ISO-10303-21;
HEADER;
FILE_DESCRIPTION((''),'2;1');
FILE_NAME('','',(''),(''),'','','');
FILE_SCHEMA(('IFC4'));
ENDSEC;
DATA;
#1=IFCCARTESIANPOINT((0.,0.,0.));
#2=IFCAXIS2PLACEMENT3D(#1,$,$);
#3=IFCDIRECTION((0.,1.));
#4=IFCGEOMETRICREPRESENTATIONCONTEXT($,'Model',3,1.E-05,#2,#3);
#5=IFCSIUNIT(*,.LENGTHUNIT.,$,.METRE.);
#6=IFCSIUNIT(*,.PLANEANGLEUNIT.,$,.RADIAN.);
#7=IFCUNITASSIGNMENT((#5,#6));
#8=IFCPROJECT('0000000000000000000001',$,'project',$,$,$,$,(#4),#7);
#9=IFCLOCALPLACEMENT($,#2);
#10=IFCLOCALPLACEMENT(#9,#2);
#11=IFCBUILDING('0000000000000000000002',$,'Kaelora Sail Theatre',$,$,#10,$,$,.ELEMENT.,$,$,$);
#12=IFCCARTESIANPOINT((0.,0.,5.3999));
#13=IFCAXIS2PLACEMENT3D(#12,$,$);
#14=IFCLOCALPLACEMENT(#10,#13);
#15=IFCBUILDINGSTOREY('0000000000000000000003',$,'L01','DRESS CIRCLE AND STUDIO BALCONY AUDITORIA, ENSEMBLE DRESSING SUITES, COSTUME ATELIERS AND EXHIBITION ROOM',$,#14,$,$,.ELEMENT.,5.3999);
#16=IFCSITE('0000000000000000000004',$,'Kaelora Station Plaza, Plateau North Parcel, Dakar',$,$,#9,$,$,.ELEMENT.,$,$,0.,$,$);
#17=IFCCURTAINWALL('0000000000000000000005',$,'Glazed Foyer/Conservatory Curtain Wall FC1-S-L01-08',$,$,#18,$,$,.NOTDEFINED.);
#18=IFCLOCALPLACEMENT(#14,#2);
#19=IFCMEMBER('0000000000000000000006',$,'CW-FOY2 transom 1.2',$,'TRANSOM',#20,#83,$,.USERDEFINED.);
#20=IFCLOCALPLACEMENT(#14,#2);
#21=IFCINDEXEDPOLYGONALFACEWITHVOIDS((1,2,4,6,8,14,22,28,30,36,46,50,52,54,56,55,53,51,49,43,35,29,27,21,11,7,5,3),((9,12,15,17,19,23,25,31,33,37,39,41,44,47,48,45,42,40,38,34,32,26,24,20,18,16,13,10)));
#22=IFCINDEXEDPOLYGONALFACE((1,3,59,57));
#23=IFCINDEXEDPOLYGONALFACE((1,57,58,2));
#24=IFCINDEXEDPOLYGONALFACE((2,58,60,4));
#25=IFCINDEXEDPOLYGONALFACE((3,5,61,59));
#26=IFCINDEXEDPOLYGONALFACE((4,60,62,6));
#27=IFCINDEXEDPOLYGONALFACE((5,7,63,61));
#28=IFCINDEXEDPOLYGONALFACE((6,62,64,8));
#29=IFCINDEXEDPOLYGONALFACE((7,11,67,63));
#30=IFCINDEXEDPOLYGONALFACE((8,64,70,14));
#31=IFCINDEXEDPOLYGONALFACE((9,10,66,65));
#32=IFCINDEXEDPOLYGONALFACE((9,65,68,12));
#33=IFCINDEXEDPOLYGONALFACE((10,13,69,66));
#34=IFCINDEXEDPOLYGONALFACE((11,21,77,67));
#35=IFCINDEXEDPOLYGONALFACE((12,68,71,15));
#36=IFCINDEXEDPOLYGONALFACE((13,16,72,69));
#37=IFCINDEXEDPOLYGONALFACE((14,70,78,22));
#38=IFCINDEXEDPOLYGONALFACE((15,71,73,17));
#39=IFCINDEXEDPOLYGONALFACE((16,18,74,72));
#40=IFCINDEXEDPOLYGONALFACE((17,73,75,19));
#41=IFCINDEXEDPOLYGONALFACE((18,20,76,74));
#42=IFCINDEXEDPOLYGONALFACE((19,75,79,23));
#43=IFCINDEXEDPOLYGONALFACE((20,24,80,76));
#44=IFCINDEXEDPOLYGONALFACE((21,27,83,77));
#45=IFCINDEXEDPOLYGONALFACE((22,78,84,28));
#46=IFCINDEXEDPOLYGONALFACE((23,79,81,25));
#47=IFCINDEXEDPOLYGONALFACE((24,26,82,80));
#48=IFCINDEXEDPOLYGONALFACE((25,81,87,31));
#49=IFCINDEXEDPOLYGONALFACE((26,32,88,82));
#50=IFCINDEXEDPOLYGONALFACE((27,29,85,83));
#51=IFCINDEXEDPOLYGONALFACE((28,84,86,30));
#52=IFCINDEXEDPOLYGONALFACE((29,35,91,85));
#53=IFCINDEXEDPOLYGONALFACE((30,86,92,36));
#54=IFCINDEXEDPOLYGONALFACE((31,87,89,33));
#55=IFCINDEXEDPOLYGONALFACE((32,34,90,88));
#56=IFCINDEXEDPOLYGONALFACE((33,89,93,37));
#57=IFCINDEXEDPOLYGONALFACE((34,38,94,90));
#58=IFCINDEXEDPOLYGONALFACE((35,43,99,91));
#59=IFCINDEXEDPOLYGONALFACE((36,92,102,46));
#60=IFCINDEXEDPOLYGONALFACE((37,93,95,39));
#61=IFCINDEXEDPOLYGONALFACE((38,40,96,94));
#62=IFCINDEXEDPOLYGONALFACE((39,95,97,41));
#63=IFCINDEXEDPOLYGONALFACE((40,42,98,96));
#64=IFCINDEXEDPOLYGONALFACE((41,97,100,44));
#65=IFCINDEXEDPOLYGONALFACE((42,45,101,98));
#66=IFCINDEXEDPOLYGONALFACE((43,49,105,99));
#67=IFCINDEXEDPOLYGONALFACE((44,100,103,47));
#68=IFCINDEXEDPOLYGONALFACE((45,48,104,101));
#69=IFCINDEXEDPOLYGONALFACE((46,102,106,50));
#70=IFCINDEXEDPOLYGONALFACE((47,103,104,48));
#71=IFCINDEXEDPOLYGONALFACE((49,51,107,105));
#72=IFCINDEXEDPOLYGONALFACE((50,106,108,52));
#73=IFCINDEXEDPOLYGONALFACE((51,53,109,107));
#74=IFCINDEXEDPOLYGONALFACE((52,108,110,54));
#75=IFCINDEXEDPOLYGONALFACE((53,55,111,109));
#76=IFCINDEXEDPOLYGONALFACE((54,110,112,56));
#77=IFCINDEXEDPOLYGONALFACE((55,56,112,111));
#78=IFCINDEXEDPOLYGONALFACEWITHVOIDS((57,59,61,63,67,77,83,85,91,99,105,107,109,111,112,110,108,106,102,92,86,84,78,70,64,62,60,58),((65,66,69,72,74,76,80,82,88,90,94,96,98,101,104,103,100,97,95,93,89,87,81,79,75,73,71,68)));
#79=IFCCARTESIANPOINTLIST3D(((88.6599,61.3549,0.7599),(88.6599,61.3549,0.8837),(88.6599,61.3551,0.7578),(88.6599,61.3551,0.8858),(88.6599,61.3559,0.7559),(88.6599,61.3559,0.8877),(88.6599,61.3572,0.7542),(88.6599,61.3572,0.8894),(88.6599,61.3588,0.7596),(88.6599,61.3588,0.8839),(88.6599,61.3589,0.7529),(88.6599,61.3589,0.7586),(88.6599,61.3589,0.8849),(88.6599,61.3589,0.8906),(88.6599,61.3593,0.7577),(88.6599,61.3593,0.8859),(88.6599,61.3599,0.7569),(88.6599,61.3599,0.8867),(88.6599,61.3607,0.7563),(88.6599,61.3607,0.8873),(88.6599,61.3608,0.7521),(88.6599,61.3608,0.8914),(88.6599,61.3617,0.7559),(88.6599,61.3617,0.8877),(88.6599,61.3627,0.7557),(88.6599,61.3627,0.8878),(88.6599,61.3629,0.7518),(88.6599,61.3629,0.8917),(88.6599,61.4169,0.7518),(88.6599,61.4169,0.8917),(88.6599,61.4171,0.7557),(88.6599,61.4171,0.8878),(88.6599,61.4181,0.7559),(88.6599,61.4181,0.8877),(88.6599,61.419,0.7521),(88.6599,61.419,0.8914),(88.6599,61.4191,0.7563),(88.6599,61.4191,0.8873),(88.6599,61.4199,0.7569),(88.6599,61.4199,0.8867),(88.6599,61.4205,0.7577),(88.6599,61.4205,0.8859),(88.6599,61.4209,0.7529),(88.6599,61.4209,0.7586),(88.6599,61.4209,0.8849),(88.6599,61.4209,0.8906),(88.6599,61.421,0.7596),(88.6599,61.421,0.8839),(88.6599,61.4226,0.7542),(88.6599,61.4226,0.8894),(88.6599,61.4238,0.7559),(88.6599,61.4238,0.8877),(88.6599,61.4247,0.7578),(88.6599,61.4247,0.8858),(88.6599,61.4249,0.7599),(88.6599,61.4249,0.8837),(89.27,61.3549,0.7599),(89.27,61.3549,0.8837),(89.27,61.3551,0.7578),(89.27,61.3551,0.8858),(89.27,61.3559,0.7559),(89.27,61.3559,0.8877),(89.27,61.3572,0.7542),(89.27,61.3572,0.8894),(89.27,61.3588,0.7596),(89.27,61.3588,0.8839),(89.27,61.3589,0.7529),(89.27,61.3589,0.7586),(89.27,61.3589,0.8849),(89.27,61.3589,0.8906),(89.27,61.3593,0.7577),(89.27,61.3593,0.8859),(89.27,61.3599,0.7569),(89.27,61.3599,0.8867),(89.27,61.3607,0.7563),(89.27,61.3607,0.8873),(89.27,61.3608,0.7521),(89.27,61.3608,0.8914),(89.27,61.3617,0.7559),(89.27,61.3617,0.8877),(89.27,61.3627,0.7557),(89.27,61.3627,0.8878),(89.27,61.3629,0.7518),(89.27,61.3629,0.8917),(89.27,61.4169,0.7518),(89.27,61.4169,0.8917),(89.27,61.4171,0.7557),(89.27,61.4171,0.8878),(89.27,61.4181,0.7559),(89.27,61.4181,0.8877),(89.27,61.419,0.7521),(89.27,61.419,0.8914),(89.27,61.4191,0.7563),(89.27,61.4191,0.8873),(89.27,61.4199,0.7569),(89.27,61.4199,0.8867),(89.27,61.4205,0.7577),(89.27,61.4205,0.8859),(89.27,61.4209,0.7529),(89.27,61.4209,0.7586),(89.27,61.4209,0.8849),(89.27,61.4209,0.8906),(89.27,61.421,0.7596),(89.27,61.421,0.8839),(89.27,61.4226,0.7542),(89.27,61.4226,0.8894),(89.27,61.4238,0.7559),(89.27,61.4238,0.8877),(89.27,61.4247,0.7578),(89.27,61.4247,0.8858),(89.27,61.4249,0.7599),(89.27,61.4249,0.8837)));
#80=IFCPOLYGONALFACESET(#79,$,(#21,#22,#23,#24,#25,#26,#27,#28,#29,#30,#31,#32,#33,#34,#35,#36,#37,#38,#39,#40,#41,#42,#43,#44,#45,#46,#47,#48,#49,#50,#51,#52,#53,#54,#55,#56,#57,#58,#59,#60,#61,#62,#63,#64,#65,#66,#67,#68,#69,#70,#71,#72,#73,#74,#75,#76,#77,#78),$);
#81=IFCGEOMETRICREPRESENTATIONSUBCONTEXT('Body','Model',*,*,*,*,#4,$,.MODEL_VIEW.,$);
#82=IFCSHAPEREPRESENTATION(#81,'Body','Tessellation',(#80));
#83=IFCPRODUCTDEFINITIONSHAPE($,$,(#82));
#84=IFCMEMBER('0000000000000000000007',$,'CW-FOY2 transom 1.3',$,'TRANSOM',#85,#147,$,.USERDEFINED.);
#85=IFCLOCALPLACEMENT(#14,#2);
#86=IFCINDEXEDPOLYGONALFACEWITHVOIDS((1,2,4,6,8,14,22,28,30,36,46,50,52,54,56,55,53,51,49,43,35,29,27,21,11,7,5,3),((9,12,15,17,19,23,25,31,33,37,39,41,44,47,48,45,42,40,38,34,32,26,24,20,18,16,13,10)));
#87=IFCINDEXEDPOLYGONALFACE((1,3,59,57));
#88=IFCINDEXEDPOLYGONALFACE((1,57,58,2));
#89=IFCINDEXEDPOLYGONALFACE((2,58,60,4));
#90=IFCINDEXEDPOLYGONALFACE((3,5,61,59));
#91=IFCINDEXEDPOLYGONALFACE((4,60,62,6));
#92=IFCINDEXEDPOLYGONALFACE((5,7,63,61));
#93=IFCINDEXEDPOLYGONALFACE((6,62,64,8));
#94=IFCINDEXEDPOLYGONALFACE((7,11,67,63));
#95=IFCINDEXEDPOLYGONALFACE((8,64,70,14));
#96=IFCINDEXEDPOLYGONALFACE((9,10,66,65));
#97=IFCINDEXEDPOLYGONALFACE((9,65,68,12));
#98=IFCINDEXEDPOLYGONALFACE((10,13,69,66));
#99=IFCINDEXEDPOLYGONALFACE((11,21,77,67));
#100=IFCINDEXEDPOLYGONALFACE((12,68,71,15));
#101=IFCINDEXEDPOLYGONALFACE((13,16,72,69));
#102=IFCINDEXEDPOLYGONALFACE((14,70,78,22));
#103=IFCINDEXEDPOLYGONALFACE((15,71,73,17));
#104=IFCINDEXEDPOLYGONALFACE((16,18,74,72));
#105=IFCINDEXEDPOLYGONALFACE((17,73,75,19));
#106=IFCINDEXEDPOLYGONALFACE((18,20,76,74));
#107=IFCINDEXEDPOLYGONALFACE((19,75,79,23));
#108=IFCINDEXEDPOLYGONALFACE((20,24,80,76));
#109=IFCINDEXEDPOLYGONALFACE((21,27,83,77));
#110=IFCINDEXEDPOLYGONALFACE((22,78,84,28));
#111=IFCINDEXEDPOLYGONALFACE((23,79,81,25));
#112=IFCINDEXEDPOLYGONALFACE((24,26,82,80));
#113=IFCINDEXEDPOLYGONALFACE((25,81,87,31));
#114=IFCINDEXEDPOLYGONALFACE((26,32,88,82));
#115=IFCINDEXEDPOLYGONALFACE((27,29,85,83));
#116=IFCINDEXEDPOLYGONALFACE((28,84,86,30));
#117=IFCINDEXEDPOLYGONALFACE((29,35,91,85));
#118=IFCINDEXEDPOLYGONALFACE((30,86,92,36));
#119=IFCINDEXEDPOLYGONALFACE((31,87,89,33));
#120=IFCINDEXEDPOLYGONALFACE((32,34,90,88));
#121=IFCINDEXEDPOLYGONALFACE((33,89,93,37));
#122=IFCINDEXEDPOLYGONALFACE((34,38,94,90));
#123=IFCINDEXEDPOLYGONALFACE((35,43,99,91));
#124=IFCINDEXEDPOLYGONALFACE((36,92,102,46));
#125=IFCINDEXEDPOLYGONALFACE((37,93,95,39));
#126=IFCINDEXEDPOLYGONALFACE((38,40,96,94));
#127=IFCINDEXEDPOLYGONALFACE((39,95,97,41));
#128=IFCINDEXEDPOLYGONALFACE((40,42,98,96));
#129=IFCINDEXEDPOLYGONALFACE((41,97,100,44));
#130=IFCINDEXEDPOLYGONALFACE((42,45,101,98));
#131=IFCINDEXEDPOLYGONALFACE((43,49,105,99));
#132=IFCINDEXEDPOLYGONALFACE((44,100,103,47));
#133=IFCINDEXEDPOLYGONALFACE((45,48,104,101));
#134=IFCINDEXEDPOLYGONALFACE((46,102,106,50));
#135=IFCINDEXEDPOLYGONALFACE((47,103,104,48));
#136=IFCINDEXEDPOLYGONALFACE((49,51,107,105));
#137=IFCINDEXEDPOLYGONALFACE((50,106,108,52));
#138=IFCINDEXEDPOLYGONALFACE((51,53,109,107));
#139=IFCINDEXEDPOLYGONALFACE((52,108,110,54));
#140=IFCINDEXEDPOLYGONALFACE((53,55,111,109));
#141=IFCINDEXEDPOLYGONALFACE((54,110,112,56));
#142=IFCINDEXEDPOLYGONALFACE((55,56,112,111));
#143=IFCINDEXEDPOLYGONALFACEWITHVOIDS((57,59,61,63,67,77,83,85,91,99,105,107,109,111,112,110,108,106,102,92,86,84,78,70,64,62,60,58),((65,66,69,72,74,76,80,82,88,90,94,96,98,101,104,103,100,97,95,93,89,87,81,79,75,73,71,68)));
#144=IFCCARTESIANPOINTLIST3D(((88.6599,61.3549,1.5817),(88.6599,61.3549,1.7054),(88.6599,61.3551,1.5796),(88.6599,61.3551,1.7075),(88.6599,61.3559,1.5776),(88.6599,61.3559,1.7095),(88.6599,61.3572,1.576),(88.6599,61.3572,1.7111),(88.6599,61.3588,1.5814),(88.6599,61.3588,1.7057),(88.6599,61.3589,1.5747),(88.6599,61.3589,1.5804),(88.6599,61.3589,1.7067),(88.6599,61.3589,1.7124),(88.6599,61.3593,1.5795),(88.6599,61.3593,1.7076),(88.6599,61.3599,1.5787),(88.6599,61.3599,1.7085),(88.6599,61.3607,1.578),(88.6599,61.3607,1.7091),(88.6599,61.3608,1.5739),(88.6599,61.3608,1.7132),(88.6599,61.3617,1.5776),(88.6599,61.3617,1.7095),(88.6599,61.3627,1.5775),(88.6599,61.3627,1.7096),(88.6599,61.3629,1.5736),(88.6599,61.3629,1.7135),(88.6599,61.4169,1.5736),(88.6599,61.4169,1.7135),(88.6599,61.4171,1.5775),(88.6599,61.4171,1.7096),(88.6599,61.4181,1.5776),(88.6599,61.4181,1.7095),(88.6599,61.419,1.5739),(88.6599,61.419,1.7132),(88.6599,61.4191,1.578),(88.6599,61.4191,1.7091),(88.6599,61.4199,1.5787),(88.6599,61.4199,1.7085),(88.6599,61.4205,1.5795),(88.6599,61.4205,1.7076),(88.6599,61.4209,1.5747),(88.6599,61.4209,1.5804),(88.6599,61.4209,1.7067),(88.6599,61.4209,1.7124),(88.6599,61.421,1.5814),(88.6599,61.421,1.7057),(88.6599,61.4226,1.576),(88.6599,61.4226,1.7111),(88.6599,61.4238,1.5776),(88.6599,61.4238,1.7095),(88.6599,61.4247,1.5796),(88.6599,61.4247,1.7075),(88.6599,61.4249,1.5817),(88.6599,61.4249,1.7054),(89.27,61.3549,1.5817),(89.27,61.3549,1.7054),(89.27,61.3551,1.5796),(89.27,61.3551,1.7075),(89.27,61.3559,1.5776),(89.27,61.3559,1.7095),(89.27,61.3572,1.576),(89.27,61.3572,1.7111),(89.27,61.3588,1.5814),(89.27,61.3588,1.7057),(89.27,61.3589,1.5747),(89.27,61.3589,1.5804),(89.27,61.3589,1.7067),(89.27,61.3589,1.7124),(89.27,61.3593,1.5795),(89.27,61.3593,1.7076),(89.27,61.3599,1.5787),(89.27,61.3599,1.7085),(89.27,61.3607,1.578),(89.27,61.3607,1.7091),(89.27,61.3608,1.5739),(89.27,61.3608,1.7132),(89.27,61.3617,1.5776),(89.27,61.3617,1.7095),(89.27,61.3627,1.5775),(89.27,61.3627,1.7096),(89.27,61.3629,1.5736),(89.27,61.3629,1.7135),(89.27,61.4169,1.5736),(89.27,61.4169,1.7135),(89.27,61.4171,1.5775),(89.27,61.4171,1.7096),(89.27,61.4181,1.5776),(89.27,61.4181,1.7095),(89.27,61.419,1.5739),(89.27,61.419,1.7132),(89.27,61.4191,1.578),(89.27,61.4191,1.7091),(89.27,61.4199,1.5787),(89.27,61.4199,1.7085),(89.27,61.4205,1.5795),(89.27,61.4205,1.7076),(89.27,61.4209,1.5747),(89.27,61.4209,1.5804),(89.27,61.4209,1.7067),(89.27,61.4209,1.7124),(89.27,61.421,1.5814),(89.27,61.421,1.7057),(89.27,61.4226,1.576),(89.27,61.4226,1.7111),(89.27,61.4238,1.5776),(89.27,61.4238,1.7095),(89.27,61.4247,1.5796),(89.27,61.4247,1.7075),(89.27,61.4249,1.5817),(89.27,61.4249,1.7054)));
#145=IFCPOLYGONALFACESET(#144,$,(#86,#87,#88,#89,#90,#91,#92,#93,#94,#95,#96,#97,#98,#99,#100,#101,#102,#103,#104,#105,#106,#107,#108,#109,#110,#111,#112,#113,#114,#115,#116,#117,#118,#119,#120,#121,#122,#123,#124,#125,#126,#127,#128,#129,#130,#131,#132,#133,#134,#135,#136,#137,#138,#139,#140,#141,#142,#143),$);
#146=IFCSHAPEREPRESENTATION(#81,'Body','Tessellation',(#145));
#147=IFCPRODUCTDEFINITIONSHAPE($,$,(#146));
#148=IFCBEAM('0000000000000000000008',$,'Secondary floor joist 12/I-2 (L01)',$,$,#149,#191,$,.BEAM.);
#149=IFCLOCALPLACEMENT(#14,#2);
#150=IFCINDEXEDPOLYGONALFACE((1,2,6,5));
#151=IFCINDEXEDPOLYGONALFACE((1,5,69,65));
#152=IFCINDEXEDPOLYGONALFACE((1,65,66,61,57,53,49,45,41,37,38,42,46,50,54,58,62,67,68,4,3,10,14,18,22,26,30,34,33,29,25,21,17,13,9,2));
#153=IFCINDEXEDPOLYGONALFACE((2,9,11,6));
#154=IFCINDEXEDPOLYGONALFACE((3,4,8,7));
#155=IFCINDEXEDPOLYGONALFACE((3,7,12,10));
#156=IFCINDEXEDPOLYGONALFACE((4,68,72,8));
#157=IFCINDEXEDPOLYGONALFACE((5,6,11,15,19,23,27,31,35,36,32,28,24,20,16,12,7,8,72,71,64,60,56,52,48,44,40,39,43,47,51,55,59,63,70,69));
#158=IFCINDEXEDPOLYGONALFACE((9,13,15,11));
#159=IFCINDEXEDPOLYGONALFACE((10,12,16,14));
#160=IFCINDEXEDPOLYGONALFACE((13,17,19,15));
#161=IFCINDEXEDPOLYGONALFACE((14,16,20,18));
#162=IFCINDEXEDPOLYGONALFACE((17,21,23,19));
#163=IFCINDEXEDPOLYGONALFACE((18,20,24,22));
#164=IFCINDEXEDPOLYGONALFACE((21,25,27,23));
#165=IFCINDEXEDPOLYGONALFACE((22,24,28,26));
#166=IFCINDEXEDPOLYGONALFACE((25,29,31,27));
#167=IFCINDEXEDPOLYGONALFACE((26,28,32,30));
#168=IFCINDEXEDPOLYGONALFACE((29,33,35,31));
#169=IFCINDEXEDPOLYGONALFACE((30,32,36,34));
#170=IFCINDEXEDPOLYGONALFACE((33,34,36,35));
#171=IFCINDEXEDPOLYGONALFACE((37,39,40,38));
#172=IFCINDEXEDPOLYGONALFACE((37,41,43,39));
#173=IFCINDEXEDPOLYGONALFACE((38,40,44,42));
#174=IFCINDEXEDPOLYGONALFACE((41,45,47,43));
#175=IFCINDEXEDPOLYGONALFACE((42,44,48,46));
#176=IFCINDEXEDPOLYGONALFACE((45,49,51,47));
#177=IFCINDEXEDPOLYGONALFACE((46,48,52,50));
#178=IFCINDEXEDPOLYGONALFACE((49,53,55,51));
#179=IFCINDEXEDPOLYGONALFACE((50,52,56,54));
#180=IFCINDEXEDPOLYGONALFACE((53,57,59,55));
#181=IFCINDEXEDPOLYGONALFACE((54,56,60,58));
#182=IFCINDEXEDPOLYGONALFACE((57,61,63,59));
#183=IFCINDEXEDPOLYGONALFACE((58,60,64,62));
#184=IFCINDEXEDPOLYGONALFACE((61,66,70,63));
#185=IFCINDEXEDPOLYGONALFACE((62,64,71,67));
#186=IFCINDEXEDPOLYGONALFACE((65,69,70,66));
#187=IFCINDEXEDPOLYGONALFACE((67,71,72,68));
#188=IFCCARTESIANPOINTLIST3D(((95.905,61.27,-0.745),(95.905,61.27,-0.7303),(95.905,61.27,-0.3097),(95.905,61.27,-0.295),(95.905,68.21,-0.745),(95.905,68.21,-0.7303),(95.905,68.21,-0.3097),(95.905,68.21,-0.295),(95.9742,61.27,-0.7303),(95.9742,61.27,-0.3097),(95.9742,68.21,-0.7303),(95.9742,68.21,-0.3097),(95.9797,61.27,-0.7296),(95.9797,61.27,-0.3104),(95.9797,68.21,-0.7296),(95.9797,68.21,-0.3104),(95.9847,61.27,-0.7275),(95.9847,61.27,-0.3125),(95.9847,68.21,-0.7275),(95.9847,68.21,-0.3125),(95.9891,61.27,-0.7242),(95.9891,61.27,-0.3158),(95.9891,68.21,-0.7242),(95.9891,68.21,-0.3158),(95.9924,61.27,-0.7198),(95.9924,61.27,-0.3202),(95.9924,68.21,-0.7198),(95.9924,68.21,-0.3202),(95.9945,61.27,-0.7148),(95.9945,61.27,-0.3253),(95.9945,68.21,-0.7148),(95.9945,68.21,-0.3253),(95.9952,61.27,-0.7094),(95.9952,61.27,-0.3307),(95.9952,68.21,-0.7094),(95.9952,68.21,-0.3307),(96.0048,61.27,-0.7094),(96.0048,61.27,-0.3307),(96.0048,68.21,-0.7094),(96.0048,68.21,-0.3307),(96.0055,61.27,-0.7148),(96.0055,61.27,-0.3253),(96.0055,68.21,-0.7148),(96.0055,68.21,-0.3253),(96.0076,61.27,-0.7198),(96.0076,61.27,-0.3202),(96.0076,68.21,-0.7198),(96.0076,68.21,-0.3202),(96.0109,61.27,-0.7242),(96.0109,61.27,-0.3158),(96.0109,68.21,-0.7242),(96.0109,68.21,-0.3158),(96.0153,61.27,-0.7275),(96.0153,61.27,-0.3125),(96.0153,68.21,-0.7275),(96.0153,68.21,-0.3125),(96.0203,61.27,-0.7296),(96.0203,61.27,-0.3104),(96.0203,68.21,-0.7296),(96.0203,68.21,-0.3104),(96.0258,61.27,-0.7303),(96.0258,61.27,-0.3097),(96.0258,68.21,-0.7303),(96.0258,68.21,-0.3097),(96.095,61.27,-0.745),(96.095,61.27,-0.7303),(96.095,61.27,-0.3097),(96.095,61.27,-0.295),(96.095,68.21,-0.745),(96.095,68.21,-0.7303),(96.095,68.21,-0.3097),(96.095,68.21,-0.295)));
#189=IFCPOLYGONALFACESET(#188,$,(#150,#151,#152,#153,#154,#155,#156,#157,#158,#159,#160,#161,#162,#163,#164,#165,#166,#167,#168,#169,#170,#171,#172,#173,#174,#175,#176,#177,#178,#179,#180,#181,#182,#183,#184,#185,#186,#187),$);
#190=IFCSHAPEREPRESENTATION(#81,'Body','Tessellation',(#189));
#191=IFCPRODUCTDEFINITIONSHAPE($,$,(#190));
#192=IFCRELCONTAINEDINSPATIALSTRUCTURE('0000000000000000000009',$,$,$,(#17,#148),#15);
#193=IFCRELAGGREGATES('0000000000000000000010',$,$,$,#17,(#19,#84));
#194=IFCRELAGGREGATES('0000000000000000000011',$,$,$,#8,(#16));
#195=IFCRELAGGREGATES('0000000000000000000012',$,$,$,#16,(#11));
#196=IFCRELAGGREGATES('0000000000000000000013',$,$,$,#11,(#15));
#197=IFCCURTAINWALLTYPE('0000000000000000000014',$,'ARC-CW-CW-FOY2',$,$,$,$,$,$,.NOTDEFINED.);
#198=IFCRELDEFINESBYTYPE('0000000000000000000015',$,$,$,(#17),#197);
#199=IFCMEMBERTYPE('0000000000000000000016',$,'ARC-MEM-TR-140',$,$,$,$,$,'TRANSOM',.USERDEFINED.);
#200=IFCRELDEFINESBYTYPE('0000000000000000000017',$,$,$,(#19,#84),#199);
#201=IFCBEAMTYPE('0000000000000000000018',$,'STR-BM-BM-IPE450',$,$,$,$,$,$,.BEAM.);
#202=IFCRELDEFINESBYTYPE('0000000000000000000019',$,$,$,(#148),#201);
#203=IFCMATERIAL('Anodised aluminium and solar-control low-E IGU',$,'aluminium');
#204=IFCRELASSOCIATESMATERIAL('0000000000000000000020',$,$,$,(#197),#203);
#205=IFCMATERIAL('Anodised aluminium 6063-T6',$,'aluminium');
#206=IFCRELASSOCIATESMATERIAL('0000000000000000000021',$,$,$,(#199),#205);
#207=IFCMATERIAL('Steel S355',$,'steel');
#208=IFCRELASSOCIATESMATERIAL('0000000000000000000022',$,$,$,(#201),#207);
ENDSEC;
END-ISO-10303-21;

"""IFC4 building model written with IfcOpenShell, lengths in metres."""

from ifc_helpers import new_model, si_unit, direction, frame, origin, origin_2d, place, context, subcontext, project, spatial, hollow_rectangle, i_section, extrude, material, material_profile, profile_set, type_object, element, aggregate, save


model = new_model("IFC4")

# Units and contexts
model_context = context("Model", 3, precision=1e-05, world=origin(), true_north=direction((0.0, 1.0)))
body_context = subcontext(model_context, "Body", "Model", "MODEL_VIEW")
ifc_project = project(units=[si_unit("LENGTHUNIT", "METRE"), si_unit("PLANEANGLEUNIT", "RADIAN")], contexts=[model_context])

# Site, building, storey
site_placement = place(None, origin())
site = spatial("IfcSite", under=ifc_project, at=site_placement, Name="Kaelora Station Plaza, Plateau North Parcel, Dakar", CompositionType="ELEMENT", RefElevation=0.0)
building_placement = place(site_placement, origin())
building = spatial("IfcBuilding", under=site, at=building_placement, Name="Kaelora Sail Theatre", CompositionType="ELEMENT")
storey_placement = place(building_placement, frame((0.0, 0.0, 5.3999)))
storey = spatial("IfcBuildingStorey", under=building, at=storey_placement, Name="L01", Description="DRESS CIRCLE AND STUDIO BALCONY AUDITORIA, ENSEMBLE DRESSING SUITES, COSTUME ATELIERS AND EXHIBITION ROOM", CompositionType="ELEMENT", Elevation=5.3999)

# Shared definitions
ifc_material_1 = material(Name="Anodised aluminium and solar-control low-E IGU", Category="aluminium")
curtain_wall_type = type_object("IfcCurtainWallType", Name="ARC-CW-CW-FOY2", PredefinedType="NOTDEFINED", material=ifc_material_1)

# Curtain wall, members
curtain_wall_1_placement = place(storey_placement, origin())
curtain_wall_1 = element("IfcCurtainWall", 1, at=curtain_wall_1_placement, inside=storey, type_object=curtain_wall_type, Name="Glazed Foyer/Conservatory Curtain Wall FC1-S-L01-08", PredefinedType="NOTDEFINED")
ifc_material_2 = material(Name="Anodised aluminium 6063-T6", Category="aluminium")
ifc_material_profile_1 = material_profile(ifc_material_2, hollow_rectangle(XDim=0.0701, YDim=0.1399, WallThickness=0.0039, InnerFilletRadius=0.0039, OuterFilletRadius=0.0081, at=origin_2d()), Name="ALU-TRAN 70x140x4")
ifc_profile_set_1 = profile_set([ifc_material_profile_1], Name="Anodised aluminium 6063-T6")
member_type_1 = type_object("IfcMemberType", Name="ARC-MEM-TR-140", ElementType="TRANSOM", PredefinedType="USERDEFINED", material=ifc_profile_set_1)
member_1_placement = place(storey_placement, frame((88.6599, 61.3899, 0.8218), z_axis=(1.0, 0.0, 0.0), x_axis=(0.0, 1.0, 0.0)))
member_1 = element("IfcMember", 2, at=member_1_placement, type_object=member_type_1, Name="CW-FOY2 transom 1.2", ObjectType="TRANSOM", PredefinedType="USERDEFINED", context=body_context, shape_type="SweptSolid", body=[
    extrude(hollow_rectangle(XDim=0.0701, YDim=0.1399, WallThickness=0.0039, InnerFilletRadius=0.0039, OuterFilletRadius=0.0081, at=origin_2d()), origin(), (0.0, 0.0, 1.0), 0.6101),
])
member_2_placement = place(storey_placement, frame((88.6599, 61.3899, 1.6436), z_axis=(1.0, 0.0, 0.0), x_axis=(0.0, 1.0, 0.0)))
member_2 = element("IfcMember", 3, at=member_2_placement, type_object=member_type_1, Name="CW-FOY2 transom 1.3", ObjectType="TRANSOM", PredefinedType="USERDEFINED", context=body_context, shape_type="SweptSolid", body=[
    extrude(hollow_rectangle(XDim=0.0701, YDim=0.1399, WallThickness=0.0039, InnerFilletRadius=0.0039, OuterFilletRadius=0.0081, at=origin_2d()), origin(), (0.0, 0.0, 1.0), 0.6101),
])
aggregate(curtain_wall_1, [member_1, member_2])

# Beam
ifc_material_3 = material(Name="Steel S355", Category="steel")
ifc_material_profile_2 = material_profile(ifc_material_3, i_section(OverallWidth=0.1899, OverallDepth=0.45, WebThickness=0.0095, FlangeThickness=0.0146, FilletRadius=0.021, at=origin_2d()), Name="IPE 450")
ifc_profile_set_2 = profile_set([ifc_material_profile_2], Name="Steel S355")
beam_type_1 = type_object("IfcBeamType", Name="STR-BM-BM-IPE450", PredefinedType="BEAM", material=ifc_profile_set_2)
for number, where, z_axis, x_axis, name in (
    (4, (96.0, 61.27, -0.52), (0.0, 1.0, 0.0), (-1.0, 0.0, 0.0), "Secondary floor joist 12/I-2 (L01)"),
):
    element("IfcBeam", number, at=place(storey_placement, frame(where, z_axis=z_axis, x_axis=x_axis)), inside=storey, type_object=beam_type_1, Name=name, PredefinedType="BEAM", context=body_context, shape_type="SweptSolid", body=[
        extrude(i_section(OverallWidth=0.1899, OverallDepth=0.45, WebThickness=0.0095, FlangeThickness=0.0146, FilletRadius=0.021, at=origin_2d()), origin(), (0.0, 0.0, 1.0), 6.9399),
    ])

save(model, "model.ifc")
